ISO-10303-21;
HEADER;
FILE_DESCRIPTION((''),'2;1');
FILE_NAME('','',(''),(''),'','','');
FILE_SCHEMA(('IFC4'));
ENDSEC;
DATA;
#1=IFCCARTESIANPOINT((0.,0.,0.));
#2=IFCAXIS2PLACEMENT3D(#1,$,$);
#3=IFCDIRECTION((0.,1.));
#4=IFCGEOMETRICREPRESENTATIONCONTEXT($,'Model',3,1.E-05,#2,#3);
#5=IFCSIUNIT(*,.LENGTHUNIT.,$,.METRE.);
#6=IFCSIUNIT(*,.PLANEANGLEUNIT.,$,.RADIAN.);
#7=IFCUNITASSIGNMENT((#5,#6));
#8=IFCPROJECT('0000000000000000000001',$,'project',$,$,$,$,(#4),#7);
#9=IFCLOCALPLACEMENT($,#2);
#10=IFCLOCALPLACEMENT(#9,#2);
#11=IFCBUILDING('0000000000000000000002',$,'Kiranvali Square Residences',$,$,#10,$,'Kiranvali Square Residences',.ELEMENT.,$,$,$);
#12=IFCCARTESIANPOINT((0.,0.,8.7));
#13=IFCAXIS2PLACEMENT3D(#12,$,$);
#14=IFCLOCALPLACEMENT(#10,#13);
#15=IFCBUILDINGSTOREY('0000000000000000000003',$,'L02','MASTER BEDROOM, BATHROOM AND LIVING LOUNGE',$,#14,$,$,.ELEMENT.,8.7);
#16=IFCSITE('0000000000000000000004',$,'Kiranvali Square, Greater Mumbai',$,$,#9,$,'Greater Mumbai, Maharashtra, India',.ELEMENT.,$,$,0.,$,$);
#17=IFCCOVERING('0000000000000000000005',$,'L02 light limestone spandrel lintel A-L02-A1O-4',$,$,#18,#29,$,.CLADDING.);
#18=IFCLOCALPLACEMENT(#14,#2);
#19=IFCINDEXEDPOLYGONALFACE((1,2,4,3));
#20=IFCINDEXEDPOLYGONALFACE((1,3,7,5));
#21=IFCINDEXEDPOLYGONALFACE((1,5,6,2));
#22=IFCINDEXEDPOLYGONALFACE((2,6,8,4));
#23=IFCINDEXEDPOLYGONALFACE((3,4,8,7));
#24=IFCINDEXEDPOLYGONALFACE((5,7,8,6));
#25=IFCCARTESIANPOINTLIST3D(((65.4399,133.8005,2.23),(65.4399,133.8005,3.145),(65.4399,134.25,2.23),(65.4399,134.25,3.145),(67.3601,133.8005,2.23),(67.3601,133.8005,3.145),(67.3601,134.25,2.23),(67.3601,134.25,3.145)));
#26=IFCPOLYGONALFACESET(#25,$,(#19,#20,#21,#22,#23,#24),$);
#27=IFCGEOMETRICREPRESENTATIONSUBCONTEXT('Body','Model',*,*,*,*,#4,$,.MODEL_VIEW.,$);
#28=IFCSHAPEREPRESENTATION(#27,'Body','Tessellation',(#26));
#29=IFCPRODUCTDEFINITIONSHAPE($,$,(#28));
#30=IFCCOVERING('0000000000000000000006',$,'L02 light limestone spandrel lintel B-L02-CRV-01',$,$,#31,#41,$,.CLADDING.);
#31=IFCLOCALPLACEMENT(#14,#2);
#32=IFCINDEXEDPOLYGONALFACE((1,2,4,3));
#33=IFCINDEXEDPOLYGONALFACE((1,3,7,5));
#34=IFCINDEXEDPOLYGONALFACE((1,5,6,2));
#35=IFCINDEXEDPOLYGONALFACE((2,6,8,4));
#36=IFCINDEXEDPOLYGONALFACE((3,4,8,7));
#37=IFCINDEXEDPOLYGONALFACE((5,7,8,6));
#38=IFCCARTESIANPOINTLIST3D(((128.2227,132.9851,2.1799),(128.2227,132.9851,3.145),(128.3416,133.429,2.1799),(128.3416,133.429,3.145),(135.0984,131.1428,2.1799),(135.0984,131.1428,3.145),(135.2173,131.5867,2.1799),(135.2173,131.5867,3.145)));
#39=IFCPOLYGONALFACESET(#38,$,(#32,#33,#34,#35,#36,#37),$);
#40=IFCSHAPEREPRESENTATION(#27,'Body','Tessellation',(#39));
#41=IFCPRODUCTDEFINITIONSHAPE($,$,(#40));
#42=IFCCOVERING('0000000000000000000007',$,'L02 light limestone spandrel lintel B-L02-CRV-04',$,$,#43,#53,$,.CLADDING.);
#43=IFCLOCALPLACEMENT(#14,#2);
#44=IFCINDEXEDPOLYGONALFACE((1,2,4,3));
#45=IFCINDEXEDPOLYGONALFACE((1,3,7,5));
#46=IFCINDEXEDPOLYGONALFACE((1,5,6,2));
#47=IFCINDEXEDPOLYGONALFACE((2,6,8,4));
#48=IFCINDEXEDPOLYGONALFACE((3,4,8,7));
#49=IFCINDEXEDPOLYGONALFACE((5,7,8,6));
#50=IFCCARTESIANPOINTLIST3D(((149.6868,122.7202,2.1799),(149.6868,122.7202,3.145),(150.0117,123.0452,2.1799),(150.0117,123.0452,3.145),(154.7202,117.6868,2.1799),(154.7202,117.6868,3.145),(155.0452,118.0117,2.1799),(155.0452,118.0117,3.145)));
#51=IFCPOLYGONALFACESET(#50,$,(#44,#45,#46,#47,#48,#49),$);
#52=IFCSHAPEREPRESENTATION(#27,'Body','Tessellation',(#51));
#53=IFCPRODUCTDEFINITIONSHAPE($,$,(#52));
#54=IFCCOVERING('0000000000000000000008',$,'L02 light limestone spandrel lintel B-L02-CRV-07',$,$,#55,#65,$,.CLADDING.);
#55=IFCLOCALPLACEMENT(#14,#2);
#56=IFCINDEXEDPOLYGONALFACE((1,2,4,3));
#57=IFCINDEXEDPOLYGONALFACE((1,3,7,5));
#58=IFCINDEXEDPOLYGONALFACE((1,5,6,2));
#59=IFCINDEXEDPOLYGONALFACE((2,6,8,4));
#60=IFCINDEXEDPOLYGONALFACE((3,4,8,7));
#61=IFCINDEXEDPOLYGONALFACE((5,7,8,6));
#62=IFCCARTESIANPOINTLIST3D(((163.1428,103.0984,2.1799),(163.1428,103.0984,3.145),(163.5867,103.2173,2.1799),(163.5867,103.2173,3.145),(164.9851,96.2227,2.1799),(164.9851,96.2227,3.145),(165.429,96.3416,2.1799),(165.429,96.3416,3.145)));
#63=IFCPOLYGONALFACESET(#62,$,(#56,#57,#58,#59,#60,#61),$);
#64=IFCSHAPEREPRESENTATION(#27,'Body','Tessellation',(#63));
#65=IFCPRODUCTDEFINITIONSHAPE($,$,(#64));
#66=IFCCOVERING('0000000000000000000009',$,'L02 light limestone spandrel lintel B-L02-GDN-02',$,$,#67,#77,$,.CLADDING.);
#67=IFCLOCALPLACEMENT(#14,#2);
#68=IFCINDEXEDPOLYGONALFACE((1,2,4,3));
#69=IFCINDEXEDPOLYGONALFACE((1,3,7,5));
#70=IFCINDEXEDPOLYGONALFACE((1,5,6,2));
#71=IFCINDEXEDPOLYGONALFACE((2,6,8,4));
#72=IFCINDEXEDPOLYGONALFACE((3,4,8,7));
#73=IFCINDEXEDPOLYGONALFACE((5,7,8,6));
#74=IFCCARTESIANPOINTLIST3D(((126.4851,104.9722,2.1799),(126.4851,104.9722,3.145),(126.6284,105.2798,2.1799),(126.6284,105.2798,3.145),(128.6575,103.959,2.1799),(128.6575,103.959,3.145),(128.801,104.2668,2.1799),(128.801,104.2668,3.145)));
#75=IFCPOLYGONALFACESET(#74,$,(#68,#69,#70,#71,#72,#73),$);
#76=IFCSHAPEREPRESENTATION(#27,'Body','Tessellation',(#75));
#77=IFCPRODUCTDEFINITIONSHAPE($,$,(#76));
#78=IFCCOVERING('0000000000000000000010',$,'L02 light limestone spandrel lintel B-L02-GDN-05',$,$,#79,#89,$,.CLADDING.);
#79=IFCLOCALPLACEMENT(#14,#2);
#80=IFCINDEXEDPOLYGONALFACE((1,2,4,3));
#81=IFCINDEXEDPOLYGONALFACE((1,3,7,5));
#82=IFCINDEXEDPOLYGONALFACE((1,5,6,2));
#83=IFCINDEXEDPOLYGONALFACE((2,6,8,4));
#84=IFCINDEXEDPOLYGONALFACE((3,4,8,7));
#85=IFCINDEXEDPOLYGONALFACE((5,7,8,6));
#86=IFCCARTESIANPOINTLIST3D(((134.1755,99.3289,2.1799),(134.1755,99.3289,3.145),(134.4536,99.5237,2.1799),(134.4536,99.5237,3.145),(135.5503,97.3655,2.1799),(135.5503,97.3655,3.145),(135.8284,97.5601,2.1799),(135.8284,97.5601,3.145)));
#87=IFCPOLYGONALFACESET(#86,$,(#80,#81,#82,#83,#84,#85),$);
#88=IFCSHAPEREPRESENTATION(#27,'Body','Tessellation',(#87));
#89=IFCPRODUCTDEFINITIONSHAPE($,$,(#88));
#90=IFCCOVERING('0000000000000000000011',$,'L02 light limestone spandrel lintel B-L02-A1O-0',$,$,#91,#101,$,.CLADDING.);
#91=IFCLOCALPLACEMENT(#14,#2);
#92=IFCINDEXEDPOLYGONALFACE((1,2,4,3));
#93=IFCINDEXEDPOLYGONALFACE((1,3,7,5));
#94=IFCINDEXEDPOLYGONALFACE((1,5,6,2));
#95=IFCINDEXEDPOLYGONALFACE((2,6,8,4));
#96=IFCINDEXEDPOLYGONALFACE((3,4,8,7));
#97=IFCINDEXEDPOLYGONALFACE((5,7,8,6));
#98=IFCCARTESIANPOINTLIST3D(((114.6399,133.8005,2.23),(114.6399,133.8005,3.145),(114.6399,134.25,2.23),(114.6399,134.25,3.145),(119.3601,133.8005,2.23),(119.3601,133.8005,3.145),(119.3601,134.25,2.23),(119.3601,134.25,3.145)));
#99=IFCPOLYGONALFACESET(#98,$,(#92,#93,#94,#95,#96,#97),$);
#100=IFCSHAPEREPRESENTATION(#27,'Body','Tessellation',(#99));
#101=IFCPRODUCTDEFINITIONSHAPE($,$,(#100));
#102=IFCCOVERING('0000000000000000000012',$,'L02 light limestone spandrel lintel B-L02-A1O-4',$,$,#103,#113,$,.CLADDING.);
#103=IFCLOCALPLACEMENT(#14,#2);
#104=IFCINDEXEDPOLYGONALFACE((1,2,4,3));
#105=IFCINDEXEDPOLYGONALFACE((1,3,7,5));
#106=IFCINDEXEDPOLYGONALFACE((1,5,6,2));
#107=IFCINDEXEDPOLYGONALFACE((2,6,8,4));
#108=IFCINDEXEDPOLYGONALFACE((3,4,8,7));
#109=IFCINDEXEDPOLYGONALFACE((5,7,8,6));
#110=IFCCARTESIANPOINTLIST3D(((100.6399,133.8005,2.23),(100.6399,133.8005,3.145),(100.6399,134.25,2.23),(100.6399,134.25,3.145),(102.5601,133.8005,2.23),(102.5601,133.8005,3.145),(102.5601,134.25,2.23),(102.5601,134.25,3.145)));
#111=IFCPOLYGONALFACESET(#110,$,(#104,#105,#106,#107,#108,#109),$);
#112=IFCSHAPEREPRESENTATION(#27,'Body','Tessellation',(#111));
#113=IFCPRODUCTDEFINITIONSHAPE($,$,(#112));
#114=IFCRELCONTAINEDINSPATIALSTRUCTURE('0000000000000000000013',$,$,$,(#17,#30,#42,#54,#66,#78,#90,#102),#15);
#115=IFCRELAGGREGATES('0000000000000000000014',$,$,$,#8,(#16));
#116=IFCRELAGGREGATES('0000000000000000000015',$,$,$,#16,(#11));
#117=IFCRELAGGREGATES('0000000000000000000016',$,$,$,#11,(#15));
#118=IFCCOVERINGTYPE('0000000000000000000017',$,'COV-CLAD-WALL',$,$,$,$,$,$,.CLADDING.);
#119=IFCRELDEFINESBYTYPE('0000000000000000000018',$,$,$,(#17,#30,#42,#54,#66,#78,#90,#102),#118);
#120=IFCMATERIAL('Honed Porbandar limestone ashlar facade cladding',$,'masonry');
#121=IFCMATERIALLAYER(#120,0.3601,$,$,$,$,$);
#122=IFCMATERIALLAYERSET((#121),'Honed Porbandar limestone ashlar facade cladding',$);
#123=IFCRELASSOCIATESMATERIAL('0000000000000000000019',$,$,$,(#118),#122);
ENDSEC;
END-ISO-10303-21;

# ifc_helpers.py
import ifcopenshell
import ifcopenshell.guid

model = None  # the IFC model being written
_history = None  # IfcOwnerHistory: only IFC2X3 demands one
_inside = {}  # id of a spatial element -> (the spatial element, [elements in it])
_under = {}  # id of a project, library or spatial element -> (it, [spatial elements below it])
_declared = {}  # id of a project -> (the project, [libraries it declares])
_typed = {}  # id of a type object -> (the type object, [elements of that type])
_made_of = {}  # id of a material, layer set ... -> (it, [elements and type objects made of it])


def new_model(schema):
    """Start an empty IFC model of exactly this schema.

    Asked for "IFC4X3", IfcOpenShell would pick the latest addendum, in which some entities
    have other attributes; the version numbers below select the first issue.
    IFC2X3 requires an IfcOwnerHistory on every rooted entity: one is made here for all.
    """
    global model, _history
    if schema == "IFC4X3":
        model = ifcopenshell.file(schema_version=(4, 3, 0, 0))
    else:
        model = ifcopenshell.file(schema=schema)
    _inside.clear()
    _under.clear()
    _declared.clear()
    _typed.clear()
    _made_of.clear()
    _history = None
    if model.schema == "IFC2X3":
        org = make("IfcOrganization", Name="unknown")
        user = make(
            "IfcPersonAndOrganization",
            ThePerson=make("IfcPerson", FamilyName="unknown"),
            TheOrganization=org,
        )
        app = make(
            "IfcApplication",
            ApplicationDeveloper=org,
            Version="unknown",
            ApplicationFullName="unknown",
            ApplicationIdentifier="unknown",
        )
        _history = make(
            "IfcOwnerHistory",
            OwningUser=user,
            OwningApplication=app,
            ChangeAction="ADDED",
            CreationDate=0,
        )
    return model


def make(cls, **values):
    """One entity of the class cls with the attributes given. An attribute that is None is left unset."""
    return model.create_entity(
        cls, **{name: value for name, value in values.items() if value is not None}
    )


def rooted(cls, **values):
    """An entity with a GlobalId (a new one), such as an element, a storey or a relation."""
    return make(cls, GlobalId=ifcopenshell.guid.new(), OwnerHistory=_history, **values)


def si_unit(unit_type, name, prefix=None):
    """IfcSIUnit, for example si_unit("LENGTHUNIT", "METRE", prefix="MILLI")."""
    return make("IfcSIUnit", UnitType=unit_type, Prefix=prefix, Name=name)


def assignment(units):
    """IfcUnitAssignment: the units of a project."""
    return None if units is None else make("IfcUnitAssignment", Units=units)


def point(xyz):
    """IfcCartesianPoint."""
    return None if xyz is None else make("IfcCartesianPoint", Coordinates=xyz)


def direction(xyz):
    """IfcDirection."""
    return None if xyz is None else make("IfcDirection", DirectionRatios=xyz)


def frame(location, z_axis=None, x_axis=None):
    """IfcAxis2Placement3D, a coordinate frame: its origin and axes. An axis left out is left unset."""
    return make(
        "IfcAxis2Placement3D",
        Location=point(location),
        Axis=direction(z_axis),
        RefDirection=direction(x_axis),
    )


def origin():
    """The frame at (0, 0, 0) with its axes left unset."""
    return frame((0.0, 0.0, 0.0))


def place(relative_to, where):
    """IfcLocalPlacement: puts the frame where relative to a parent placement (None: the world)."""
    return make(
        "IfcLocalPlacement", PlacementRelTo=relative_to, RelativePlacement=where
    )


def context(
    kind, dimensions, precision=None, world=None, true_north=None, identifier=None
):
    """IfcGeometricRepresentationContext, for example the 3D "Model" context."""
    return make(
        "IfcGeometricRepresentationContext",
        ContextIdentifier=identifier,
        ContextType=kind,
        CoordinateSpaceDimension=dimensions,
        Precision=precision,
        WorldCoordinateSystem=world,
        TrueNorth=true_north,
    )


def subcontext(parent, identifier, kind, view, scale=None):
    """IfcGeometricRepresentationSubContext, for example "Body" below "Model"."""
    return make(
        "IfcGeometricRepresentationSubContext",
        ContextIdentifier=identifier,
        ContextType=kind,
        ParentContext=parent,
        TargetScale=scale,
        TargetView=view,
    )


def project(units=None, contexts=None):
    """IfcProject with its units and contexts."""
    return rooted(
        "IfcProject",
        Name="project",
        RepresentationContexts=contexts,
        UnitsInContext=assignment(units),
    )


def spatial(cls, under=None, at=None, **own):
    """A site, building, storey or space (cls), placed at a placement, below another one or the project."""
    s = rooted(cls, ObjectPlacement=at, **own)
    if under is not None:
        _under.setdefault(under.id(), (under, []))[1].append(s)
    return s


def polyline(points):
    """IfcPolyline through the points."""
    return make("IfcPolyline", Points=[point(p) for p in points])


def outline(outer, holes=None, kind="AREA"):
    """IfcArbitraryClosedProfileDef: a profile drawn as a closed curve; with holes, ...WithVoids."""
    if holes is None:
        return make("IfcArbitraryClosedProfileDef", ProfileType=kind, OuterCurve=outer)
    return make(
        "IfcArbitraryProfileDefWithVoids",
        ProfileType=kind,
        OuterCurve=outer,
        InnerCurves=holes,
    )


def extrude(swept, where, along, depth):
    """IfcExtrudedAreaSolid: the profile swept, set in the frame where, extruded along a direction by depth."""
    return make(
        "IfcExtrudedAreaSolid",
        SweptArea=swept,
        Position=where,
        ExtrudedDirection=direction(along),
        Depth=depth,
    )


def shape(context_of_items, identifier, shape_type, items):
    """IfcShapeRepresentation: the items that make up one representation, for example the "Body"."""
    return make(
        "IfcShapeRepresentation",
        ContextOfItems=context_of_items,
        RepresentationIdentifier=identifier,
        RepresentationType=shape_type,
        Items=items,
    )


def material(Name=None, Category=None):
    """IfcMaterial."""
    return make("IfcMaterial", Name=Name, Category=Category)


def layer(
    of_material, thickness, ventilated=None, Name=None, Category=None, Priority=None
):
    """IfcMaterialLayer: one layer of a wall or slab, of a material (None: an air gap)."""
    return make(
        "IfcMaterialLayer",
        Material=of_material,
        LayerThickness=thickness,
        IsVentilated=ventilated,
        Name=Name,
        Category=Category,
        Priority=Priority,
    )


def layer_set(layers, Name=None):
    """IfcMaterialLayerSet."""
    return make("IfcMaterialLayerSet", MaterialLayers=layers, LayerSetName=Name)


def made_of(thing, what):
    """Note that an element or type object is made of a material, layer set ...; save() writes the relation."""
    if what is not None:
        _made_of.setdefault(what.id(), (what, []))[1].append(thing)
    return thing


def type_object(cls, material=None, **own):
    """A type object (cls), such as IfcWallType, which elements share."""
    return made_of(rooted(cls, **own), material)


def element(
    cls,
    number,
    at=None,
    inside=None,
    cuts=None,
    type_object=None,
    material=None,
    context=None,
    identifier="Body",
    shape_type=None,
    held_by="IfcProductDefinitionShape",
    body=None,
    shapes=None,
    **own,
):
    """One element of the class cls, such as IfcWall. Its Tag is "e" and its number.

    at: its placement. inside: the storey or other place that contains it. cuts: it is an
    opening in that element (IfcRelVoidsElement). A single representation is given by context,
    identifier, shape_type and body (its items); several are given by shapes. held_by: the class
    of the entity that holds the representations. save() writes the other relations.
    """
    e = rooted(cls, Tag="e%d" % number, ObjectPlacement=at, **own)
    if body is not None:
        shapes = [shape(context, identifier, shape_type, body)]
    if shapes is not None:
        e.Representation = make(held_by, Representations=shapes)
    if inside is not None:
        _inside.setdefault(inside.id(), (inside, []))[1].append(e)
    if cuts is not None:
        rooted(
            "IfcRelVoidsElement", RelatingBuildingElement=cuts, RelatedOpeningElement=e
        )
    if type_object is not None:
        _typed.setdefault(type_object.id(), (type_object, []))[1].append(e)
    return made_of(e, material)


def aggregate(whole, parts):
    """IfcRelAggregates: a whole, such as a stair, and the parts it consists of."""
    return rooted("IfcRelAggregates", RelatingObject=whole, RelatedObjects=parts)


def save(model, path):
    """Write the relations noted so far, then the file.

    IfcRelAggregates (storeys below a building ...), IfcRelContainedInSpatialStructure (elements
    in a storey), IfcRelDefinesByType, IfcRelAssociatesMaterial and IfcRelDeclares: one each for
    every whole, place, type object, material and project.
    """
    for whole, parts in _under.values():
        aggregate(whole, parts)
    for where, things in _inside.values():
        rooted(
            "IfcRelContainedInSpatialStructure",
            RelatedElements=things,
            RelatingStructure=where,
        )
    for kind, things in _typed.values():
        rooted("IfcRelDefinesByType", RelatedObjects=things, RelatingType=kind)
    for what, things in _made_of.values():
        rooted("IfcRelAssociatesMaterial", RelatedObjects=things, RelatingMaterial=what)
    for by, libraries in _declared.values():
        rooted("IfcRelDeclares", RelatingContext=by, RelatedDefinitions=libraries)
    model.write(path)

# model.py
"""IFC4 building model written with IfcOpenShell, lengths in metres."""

from ifc_helpers import new_model, si_unit, direction, frame, origin, place, context, subcontext, project, spatial, polyline, outline, extrude, material, layer, layer_set, type_object, element, save


model = new_model("IFC4")

# Units and contexts
model_context = context("Model", 3, precision=1e-05, world=origin(), true_north=direction((0.0, 1.0)))
body_context = subcontext(model_context, "Body", "Model", "MODEL_VIEW")
ifc_project = project(units=[si_unit("LENGTHUNIT", "METRE"), si_unit("PLANEANGLEUNIT", "RADIAN")], contexts=[model_context])

# Site, building, storey
site_placement = place(None, origin())
site = spatial("IfcSite", under=ifc_project, at=site_placement, Name="Kiranvali Square, Greater Mumbai", LongName="Greater Mumbai, Maharashtra, India", CompositionType="ELEMENT", RefElevation=0.0)
building_placement = place(site_placement, origin())
building = spatial("IfcBuilding", under=site, at=building_placement, Name="Kiranvali Square Residences", LongName="Kiranvali Square Residences", CompositionType="ELEMENT")
storey_placement = place(building_placement, frame((0.0, 0.0, 8.7)))
storey = spatial("IfcBuildingStorey", under=building, at=storey_placement, Name="L02", Description="MASTER BEDROOM, BATHROOM AND LIVING LOUNGE", CompositionType="ELEMENT", Elevation=8.7)

# Coverings
ifc_material = material(Name="Honed Porbandar limestone ashlar facade cladding", Category="masonry")
ifc_layer = layer(ifc_material, 0.3601)
ifc_layer_set = layer_set([ifc_layer], Name="Honed Porbandar limestone ashlar facade cladding")
covering_type = type_object("IfcCoveringType", Name="COV-CLAD-WALL", PredefinedType="CLADDING", material=ifc_layer_set)
covering_1_placement = place(storey_placement, frame((0.0, 0.0, 2.23)))
element("IfcCovering", 1, at=covering_1_placement, inside=storey, type_object=covering_type, Name="L02 light limestone spandrel lintel A-L02-A1O-4", PredefinedType="CLADDING", context=body_context, shape_type="SweptSolid", body=[
    extrude(outline(polyline([(65.4399, 133.8005), (67.3601, 133.8005), (67.3601, 134.25), (65.4399, 134.25), (65.4399, 133.8005)])), origin(), (0.0, 0.0, 1.0), 0.915),
])
covering_2_placement = place(storey_placement, frame((0.0, 0.0, 2.1799)))
element("IfcCovering", 2, at=covering_2_placement, inside=storey, type_object=covering_type, Name="L02 light limestone spandrel lintel B-L02-CRV-01", PredefinedType="CLADDING", context=body_context, shape_type="SweptSolid", body=[
    extrude(outline(polyline([(128.2227, 132.9851), (135.0984, 131.1428), (135.2173, 131.5867), (128.3416, 133.429), (128.2227, 132.9851)])), origin(), (0.0, 0.0, 1.0), 0.9651),
])
covering_3_placement = place(storey_placement, frame((0.0, 0.0, 2.1799)))
element("IfcCovering", 3, at=covering_3_placement, inside=storey, type_object=covering_type, Name="L02 light limestone spandrel lintel B-L02-CRV-04", PredefinedType="CLADDING", context=body_context, shape_type="SweptSolid", body=[
    extrude(outline(polyline([(149.6868, 122.7202), (154.7202, 117.6868), (155.0452, 118.0117), (150.0117, 123.0452), (149.6868, 122.7202)])), origin(), (0.0, 0.0, 1.0), 0.9651),
])
covering_4_placement = place(storey_placement, frame((0.0, 0.0, 2.1799)))
element("IfcCovering", 4, at=covering_4_placement, inside=storey, type_object=covering_type, Name="L02 light limestone spandrel lintel B-L02-CRV-07", PredefinedType="CLADDING", context=body_context, shape_type="SweptSolid", body=[
    extrude(outline(polyline([(163.1428, 103.0984), (164.9851, 96.2227), (165.429, 96.3416), (163.5867, 103.2173), (163.1428, 103.0984)])), origin(), (0.0, 0.0, 1.0), 0.9651),
])
covering_5_placement = place(storey_placement, frame((0.0, 0.0, 2.1799)))
element("IfcCovering", 5, at=covering_5_placement, inside=storey, type_object=covering_type, Name="L02 light limestone spandrel lintel B-L02-GDN-02", PredefinedType="CLADDING", context=body_context, shape_type="SweptSolid", body=[
    extrude(outline(polyline([(126.4851, 104.9722), (128.6575, 103.959), (128.801, 104.2668), (126.6284, 105.2798), (126.4851, 104.9722)])), origin(), (0.0, 0.0, 1.0), 0.9651),
])
covering_6_placement = place(storey_placement, frame((0.0, 0.0, 2.1799)))
element("IfcCovering", 6, at=covering_6_placement, inside=storey, type_object=covering_type, Name="L02 light limestone spandrel lintel B-L02-GDN-05", PredefinedType="CLADDING", context=body_context, shape_type="SweptSolid", body=[
    extrude(outline(polyline([(134.1755, 99.3289), (135.5503, 97.3655), (135.8284, 97.5601), (134.4536, 99.5237), (134.1755, 99.3289)])), origin(), (0.0, 0.0, 1.0), 0.9651),
])
covering_7_placement = place(storey_placement, frame((0.0, 0.0, 2.23)))
element("IfcCovering", 7, at=covering_7_placement, inside=storey, type_object=covering_type, Name="L02 light limestone spandrel lintel B-L02-A1O-0", PredefinedType="CLADDING", context=body_context, shape_type="SweptSolid", body=[
    extrude(outline(polyline([(119.3601, 134.25), (114.6399, 134.25), (114.6399, 133.8005), (119.3601, 133.8005), (119.3601, 134.25)])), origin(), (0.0, 0.0, 1.0), 0.915),
])
covering_8_placement = place(storey_placement, frame((0.0, 0.0, 2.23)))
element("IfcCovering", 8, at=covering_8_placement, inside=storey, type_object=covering_type, Name="L02 light limestone spandrel lintel B-L02-A1O-4", PredefinedType="CLADDING", context=body_context, shape_type="SweptSolid", body=[
    extrude(outline(polyline([(102.5601, 134.25), (100.6399, 134.25), (100.6399, 133.8005), (102.5601, 133.8005), (102.5601, 134.25)])), origin(), (0.0, 0.0, 1.0), 0.915),
])

save(model, "model.ifc")
